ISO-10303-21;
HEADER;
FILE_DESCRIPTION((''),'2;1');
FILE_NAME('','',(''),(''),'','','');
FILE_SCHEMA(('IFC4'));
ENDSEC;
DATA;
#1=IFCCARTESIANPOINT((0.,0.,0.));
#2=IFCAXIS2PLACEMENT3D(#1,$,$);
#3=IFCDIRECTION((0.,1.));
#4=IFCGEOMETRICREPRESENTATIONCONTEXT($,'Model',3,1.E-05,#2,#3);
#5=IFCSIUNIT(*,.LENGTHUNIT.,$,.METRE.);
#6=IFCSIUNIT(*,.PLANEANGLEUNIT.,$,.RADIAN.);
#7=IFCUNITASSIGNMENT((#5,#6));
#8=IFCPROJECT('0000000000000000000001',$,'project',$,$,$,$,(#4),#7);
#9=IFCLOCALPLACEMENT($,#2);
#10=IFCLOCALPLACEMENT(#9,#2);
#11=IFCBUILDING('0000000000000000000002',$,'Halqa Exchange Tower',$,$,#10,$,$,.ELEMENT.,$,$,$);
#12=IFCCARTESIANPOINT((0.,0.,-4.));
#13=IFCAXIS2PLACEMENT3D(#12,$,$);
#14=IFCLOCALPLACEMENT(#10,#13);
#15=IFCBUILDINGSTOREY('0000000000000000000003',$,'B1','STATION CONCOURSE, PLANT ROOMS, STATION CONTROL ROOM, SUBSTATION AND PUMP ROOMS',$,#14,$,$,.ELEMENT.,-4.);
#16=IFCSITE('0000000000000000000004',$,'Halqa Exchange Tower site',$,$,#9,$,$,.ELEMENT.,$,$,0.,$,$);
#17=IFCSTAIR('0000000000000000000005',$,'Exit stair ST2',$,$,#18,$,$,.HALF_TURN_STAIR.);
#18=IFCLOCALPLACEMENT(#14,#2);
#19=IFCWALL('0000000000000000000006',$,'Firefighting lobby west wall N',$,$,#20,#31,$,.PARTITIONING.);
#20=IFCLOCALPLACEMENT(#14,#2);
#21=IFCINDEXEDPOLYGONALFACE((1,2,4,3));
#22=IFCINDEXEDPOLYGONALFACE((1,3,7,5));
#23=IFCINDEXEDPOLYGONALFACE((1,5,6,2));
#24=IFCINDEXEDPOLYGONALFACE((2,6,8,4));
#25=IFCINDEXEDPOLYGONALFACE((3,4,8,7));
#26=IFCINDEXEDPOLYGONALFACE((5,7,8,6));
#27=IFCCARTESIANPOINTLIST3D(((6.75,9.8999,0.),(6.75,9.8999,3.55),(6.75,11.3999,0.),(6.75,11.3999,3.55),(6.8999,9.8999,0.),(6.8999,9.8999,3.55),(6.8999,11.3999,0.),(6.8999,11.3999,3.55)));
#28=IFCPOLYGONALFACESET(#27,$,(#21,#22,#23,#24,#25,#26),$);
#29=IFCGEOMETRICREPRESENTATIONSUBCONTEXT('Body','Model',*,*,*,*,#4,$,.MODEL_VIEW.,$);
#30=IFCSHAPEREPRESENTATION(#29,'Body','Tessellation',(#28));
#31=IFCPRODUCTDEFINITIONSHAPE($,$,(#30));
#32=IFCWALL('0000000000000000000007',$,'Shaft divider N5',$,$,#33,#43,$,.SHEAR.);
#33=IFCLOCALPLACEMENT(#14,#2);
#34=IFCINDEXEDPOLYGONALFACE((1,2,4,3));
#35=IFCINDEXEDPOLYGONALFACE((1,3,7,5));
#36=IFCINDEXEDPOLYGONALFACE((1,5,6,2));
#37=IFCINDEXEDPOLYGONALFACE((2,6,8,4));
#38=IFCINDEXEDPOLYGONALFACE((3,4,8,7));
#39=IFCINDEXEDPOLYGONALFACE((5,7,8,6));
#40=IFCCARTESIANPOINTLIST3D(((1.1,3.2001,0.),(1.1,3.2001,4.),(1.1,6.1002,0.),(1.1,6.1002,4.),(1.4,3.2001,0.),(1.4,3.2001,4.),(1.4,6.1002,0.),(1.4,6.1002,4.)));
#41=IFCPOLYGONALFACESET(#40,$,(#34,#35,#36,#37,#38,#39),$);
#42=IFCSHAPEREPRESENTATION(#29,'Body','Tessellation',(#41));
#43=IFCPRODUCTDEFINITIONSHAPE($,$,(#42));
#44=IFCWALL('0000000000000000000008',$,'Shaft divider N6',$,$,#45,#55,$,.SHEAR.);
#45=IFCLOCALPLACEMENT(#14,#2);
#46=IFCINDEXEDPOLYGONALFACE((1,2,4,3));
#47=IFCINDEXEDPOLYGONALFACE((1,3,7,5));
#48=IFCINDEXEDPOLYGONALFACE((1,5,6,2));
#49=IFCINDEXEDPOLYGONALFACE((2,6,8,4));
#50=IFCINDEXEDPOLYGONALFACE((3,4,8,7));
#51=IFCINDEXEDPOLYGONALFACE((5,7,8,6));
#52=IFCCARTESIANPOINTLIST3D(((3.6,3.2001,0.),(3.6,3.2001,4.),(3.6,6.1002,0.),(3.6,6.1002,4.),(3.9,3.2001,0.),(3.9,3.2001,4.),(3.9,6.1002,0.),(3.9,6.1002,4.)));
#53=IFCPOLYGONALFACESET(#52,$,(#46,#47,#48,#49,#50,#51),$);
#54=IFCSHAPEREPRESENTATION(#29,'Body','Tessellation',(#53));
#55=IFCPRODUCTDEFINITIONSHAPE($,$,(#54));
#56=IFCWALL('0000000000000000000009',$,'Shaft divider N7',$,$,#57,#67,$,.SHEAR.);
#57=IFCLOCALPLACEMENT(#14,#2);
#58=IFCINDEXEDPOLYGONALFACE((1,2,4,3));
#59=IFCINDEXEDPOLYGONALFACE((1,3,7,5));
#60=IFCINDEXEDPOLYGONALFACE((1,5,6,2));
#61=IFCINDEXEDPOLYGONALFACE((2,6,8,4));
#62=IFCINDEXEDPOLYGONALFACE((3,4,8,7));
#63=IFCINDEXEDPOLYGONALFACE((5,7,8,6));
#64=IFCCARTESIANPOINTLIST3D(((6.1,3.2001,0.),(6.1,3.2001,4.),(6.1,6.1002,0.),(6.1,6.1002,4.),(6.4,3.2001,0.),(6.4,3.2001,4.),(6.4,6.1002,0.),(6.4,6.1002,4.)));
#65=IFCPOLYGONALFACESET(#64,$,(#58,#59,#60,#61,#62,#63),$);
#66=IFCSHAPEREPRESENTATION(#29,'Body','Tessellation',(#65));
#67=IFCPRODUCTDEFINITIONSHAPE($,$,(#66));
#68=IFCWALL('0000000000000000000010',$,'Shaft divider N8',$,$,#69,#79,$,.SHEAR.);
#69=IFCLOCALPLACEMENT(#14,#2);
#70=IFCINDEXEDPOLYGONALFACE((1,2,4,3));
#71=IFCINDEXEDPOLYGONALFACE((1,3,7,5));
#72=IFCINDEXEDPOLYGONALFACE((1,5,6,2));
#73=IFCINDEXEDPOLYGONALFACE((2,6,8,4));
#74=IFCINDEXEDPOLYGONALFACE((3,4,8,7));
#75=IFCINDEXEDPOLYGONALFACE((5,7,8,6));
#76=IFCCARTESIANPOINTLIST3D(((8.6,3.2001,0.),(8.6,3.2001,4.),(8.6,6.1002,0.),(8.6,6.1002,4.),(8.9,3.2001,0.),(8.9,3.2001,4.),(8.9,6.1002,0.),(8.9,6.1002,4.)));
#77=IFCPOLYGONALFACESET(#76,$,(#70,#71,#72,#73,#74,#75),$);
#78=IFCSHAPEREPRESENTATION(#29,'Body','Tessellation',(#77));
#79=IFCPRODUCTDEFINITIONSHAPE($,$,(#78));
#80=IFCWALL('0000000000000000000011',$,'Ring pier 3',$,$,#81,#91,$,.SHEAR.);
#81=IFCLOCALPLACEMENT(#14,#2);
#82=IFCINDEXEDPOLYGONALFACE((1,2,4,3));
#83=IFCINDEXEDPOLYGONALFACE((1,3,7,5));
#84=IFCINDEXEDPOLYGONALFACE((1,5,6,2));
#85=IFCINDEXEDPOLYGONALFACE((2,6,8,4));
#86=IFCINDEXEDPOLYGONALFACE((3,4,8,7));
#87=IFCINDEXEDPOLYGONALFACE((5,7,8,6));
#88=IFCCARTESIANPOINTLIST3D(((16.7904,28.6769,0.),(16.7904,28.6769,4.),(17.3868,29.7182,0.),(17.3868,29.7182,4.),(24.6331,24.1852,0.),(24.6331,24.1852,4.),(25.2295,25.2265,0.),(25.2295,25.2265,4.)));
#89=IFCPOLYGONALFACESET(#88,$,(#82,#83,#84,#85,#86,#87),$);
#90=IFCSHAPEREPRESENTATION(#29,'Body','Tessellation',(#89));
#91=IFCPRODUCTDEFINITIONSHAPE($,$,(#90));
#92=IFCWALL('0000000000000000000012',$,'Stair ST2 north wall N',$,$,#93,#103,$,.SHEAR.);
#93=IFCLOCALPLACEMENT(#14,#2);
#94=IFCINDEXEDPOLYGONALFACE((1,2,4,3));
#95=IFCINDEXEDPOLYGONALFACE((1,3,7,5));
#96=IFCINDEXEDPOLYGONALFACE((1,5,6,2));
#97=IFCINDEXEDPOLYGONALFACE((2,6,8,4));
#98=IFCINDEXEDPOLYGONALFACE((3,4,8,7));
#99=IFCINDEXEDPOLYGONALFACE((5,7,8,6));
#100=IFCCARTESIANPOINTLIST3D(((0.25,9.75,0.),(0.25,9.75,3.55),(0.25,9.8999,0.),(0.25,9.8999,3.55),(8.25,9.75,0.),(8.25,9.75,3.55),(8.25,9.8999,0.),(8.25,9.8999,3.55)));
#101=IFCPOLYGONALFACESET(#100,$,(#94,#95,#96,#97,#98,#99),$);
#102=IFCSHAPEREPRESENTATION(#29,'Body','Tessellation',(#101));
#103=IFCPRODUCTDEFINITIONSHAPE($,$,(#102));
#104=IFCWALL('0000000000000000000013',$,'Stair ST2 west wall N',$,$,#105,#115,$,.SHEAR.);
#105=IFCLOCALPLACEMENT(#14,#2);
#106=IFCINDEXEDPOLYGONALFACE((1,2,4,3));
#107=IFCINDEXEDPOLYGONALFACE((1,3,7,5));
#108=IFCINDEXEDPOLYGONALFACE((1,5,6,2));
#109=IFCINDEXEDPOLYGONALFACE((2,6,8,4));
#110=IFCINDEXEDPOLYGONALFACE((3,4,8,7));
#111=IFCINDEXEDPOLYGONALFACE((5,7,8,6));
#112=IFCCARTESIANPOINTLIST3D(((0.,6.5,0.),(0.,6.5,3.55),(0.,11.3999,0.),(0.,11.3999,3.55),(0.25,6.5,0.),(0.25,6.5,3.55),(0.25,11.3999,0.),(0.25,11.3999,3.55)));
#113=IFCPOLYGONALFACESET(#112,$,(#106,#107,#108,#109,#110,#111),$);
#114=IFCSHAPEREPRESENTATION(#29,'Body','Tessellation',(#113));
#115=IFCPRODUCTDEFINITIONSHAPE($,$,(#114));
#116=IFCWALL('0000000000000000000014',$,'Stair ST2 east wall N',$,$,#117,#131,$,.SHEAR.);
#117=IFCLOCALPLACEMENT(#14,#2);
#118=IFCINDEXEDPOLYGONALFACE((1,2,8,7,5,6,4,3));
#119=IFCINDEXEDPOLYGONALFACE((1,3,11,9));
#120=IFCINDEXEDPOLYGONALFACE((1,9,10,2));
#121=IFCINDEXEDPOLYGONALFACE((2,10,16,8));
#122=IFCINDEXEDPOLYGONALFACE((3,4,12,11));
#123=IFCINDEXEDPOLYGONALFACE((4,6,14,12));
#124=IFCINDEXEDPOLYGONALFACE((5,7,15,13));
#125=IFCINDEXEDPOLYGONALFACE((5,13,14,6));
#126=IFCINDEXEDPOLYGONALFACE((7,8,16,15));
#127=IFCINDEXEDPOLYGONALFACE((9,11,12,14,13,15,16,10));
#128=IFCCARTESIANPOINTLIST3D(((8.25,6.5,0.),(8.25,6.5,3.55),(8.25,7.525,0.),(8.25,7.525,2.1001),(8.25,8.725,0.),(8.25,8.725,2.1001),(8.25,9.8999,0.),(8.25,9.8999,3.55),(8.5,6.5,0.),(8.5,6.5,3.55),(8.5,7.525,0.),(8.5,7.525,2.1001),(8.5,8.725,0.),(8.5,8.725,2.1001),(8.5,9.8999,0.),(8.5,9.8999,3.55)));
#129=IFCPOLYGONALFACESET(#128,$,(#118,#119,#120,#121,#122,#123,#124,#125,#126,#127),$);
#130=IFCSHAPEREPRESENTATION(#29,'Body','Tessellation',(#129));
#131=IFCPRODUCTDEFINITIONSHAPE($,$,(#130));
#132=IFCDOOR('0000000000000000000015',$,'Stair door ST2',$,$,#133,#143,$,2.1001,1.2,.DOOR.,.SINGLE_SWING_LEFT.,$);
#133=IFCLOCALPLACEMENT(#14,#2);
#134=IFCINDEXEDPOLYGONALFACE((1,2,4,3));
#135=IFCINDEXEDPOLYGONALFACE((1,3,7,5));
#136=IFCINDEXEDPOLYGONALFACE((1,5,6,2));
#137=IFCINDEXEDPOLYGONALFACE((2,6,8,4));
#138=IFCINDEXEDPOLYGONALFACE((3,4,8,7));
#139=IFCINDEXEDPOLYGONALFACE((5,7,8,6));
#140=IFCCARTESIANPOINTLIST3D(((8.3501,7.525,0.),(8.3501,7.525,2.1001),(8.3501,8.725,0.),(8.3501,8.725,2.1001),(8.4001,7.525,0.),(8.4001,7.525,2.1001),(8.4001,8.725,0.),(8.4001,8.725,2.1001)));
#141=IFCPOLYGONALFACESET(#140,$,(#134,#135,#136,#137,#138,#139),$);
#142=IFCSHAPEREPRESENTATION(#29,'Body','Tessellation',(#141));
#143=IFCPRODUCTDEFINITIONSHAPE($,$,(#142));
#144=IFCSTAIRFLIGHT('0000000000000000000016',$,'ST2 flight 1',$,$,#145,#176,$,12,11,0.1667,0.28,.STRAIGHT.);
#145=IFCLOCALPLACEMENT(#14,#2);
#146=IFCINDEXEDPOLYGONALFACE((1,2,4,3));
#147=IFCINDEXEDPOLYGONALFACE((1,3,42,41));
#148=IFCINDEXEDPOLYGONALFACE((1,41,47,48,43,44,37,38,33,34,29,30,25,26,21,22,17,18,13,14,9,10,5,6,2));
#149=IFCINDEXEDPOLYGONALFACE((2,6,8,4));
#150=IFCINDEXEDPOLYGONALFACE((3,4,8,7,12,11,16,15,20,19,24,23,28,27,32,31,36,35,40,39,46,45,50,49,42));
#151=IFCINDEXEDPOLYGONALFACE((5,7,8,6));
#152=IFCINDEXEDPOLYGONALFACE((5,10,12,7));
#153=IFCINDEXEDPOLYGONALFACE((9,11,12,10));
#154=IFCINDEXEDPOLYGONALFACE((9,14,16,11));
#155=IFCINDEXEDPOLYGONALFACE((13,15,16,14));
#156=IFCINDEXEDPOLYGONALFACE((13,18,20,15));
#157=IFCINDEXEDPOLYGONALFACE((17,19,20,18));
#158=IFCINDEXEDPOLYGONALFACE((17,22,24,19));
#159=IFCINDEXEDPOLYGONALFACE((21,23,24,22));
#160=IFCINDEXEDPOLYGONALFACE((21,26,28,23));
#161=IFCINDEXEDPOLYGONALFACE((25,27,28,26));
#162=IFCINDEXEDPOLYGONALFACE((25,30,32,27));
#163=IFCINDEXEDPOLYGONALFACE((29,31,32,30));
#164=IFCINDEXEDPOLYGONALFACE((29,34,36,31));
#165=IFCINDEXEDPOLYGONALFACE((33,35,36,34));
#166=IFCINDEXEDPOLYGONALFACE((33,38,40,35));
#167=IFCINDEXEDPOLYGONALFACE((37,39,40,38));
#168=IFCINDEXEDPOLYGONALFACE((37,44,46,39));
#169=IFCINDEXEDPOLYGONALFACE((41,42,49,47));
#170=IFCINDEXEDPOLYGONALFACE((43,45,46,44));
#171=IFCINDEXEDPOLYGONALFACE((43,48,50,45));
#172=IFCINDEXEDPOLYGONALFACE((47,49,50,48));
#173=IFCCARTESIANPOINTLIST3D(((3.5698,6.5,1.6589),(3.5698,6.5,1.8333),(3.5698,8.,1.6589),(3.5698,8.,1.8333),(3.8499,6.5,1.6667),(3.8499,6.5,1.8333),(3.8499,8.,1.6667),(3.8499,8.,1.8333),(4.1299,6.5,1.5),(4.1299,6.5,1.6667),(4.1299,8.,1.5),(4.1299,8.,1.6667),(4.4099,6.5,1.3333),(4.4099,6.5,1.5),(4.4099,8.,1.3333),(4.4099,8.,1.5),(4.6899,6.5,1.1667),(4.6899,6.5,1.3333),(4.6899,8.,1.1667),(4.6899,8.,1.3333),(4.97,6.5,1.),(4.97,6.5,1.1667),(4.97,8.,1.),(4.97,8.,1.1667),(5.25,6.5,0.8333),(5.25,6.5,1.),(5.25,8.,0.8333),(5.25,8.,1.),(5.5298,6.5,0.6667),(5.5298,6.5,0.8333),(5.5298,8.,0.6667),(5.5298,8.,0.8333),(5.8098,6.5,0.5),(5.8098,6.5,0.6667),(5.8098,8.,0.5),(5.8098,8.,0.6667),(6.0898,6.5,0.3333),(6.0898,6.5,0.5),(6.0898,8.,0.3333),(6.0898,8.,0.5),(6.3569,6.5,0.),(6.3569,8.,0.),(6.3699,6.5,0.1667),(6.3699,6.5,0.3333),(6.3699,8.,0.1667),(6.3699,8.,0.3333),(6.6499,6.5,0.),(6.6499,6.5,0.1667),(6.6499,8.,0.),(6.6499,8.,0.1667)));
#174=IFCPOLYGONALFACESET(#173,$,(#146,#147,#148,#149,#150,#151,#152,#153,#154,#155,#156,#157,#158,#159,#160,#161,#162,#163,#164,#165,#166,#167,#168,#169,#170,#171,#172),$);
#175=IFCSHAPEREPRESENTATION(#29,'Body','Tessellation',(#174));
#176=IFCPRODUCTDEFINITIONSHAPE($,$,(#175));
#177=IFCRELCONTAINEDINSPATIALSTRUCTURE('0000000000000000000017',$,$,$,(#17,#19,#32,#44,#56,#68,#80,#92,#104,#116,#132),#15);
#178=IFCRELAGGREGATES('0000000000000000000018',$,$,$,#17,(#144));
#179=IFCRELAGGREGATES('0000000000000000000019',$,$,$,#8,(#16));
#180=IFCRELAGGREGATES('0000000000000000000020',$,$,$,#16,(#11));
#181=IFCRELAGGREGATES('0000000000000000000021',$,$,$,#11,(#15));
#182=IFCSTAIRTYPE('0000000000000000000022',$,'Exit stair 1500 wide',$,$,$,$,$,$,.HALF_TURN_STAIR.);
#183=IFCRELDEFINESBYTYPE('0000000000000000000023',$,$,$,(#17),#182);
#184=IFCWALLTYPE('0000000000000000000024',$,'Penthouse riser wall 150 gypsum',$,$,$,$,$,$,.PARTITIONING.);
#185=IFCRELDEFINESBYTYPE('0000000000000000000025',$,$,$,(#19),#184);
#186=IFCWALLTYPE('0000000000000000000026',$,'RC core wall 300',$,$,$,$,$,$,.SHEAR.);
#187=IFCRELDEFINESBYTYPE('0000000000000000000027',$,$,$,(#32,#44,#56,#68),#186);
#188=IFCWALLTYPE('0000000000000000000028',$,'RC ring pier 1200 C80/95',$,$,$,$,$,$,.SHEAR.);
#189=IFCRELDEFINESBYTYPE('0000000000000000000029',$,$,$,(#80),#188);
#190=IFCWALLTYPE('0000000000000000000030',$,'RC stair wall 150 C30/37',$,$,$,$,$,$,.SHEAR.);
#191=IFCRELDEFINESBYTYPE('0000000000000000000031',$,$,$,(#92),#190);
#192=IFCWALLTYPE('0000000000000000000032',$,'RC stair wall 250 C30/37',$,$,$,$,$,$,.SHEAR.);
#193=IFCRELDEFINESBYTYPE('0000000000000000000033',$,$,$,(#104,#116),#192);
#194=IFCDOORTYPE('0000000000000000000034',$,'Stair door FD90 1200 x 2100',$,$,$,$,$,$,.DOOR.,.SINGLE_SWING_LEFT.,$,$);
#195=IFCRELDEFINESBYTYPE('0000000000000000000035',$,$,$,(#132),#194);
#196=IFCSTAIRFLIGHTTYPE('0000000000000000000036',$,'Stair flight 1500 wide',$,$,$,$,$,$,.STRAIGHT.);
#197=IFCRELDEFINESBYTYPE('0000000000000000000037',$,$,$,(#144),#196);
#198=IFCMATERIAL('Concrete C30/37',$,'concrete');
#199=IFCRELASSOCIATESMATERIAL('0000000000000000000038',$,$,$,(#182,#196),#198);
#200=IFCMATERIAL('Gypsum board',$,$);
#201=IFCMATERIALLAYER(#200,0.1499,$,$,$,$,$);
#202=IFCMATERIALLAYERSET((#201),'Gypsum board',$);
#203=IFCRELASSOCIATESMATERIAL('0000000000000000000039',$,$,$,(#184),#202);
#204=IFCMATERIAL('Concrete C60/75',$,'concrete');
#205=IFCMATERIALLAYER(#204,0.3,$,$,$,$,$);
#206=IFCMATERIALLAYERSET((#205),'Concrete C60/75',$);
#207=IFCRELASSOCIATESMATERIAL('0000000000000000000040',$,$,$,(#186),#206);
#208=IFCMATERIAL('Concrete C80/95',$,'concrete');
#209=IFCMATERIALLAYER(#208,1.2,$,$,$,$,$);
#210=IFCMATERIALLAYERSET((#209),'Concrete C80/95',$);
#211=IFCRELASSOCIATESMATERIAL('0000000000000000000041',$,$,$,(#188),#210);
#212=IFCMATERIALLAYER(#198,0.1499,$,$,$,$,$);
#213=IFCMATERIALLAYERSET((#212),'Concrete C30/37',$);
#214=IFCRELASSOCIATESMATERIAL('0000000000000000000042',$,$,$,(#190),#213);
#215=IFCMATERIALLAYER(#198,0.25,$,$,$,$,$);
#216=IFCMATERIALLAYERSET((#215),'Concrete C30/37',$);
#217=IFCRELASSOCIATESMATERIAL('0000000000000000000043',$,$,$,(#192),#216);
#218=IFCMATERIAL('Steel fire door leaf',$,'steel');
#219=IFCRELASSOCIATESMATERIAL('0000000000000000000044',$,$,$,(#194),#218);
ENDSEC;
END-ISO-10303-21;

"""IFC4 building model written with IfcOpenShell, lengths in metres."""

from ifc_helpers import new_model, si_unit, direction, frame, frame_2d, origin, place, context, subcontext, project, spatial, polyline, rectangle, outline, extrude, material, layer, layer_set, type_object, element, fill, aggregate, save


model = new_model("IFC4")

# Units and contexts
model_context = context("Model", 3, precision=1e-05, world=origin(), true_north=direction((0.0, 1.0)))
body_context = subcontext(model_context, "Body", "Model", "MODEL_VIEW")
ifc_project = project(units=[si_unit("LENGTHUNIT", "METRE"), si_unit("PLANEANGLEUNIT", "RADIAN")], contexts=[model_context])

# Site, building, storey
site_placement = place(None, origin())
site = spatial("IfcSite", under=ifc_project, at=site_placement, Name="Halqa Exchange Tower site", CompositionType="ELEMENT", RefElevation=0.0)
building_placement = place(site_placement, origin())
building = spatial("IfcBuilding", under=site, at=building_placement, Name="Halqa Exchange Tower", CompositionType="ELEMENT")
storey_placement = place(building_placement, frame((0.0, 0.0, -4.0)))
storey = spatial("IfcBuildingStorey", under=building, at=storey_placement, Name="B1", Description="STATION CONCOURSE, PLANT ROOMS, STATION CONTROL ROOM, SUBSTATION AND PUMP ROOMS", CompositionType="ELEMENT", Elevation=-4.0)

# Stair
ifc_material_1 = material(Name="Concrete C30/37", Category="concrete")
stair_type_1 = type_object("IfcStairType", Name="Exit stair 1500 wide", PredefinedType="HALF_TURN_STAIR", material=ifc_material_1)
stair_1_placement = place(storey_placement, origin())
stair_1 = element("IfcStair", 1, at=stair_1_placement, inside=storey, type_object=stair_type_1, Name="Exit stair ST2", PredefinedType="HALF_TURN_STAIR")

# Shared definitions
ifc_material_2 = material(Name="Steel fire door leaf", Category="steel")

# Walls
ifc_material_3 = material(Name="Gypsum board")
ifc_layer_1 = layer(ifc_material_3, 0.1499)
ifc_layer_set_1 = layer_set([ifc_layer_1], Name="Gypsum board")
wall_type_1 = type_object("IfcWallType", Name="Penthouse riser wall 150 gypsum", PredefinedType="PARTITIONING", material=ifc_layer_set_1)
wall_1_placement = place(storey_placement, frame((6.825, 9.8999, 0.0), z_axis=(0.0, 0.0, 1.0), x_axis=(0.0, 1.0, 0.0)))
element("IfcWall", 2, at=wall_1_placement, inside=storey, type_object=wall_type_1, Name="Firefighting lobby west wall N", PredefinedType="PARTITIONING", context=body_context, shape_type="SweptSolid", body=[
    extrude(rectangle(XDim=1.5, YDim=0.1499, at=frame_2d((0.75, 0.0))), origin(), (0.0, 0.0, 1.0), 3.55),
])
ifc_material_4 = material(Name="Concrete C60/75", Category="concrete")
ifc_layer_2 = layer(ifc_material_4, 0.3)
ifc_layer_set_2 = layer_set([ifc_layer_2], Name="Concrete C60/75")
wall_type_2 = type_object("IfcWallType", Name="RC core wall 300", PredefinedType="SHEAR", material=ifc_layer_set_2)
for number, where, z_axis, x_axis, name in (
    (3, (1.25, 3.2, 0.0), (0.0, 0.0, 1.0), (0.0, 1.0, 0.0), "Shaft divider N5"),
    (4, (3.75, 3.2, 0.0), (0.0, 0.0, 1.0), (0.0, 1.0, 0.0), "Shaft divider N6"),
    (5, (6.25, 3.2, 0.0), (0.0, 0.0, 1.0), (0.0, 1.0, 0.0), "Shaft divider N7"),
    (6, (8.75, 3.2, 0.0), (0.0, 0.0, 1.0), (0.0, 1.0, 0.0), "Shaft divider N8"),
):
    element("IfcWall", number, at=place(storey_placement, frame(where, z_axis=z_axis, x_axis=x_axis)), inside=storey, type_object=wall_type_2, Name=name, PredefinedType="SHEAR", context=body_context, shape_type="SweptSolid", body=[
        extrude(rectangle(XDim=2.9001, YDim=0.3, at=frame_2d((1.4502, 0.0))), origin(), (0.0, 0.0, 1.0), 4.0),
    ])
ifc_material_5 = material(Name="Concrete C80/95", Category="concrete")
ifc_layer_3 = layer(ifc_material_5, 1.2)
ifc_layer_set_3 = layer_set([ifc_layer_3], Name="Concrete C80/95")
wall_type_3 = type_object("IfcWallType", Name="RC ring pier 1200 C80/95", PredefinedType="SHEAR", material=ifc_layer_set_3)
wall_2_placement = place(storey_placement, frame((24.9314, 24.7058, 0.0), z_axis=(0.0, 0.0, 1.0), x_axis=(-0.867761, 0.496982, 0.0)))
element("IfcWall", 7, at=wall_2_placement, inside=storey, type_object=wall_type_3, Name="Ring pier 3", PredefinedType="SHEAR", context=body_context, shape_type="SweptSolid", body=[
    extrude(rectangle(XDim=9.0378, YDim=1.2, at=frame_2d((4.519, 0.0))), origin(), (0.0, 0.0, 1.0), 4.0),
])
ifc_layer_4 = layer(ifc_material_1, 0.1499)
ifc_layer_set_4 = layer_set([ifc_layer_4], Name="Concrete C30/37")
wall_type_4 = type_object("IfcWallType", Name="RC stair wall 150 C30/37", PredefinedType="SHEAR", material=ifc_layer_set_4)
wall_3_placement = place(storey_placement, frame((0.25, 9.825, 0.0), z_axis=(0.0, 0.0, 1.0), x_axis=(1.0, 0.0, 0.0)))
element("IfcWall", 8, at=wall_3_placement, inside=storey, type_object=wall_type_4, Name="Stair ST2 north wall N", PredefinedType="SHEAR", context=body_context, shape_type="SweptSolid", body=[
    extrude(rectangle(XDim=8.0, YDim=0.1499, at=frame_2d((4.0, 0.0))), origin(), (0.0, 0.0, 1.0), 3.55),
])
ifc_layer_5 = layer(ifc_material_1, 0.25)
ifc_layer_set_5 = layer_set([ifc_layer_5], Name="Concrete C30/37")
wall_type_5 = type_object("IfcWallType", Name="RC stair wall 250 C30/37", PredefinedType="SHEAR", material=ifc_layer_set_5)
wall_4_placement = place(storey_placement, frame((0.125, 6.5, 0.0), z_axis=(0.0, 0.0, 1.0), x_axis=(0.0, 1.0, 0.0)))
element("IfcWall", 9, at=wall_4_placement, inside=storey, type_object=wall_type_5, Name="Stair ST2 west wall N", PredefinedType="SHEAR", context=body_context, shape_type="SweptSolid", body=[
    extrude(rectangle(XDim=4.8999, YDim=0.25, at=frame_2d((2.45, 0.0))), origin(), (0.0, 0.0, 1.0), 3.55),
])

# Wall, opening, door
wall_5_placement = place(storey_placement, frame((8.375, 6.5, 0.0), z_axis=(0.0, 0.0, 1.0), x_axis=(0.0, 1.0, 0.0)))
wall_5 = element("IfcWall", 10, at=wall_5_placement, inside=storey, type_object=wall_type_5, Name="Stair ST2 east wall N", PredefinedType="SHEAR", context=body_context, shape_type="SweptSolid", body=[
    extrude(rectangle(XDim=3.3999, YDim=0.25, at=frame_2d((1.7, 0.0))), origin(), (0.0, 0.0, 1.0), 3.55),
])
opening_1_placement = place(wall_5_placement, frame((1.0249, 0.0, 0.0)))
opening_1 = element("IfcOpeningElement", 11, at=opening_1_placement, cuts=wall_5, PredefinedType="OPENING", context=body_context, shape_type="SweptSolid", body=[
    extrude(rectangle(XDim=1.2, YDim=2.1001, at=frame_2d((0.6001, 1.05))), frame((0.0, 0.137, 0.0), z_axis=(0.0, -1.0, 0.0), x_axis=(1.0, 0.0, 0.0)), (0.0, 0.0, 1.0), 0.2739),
])
door_type_1 = type_object("IfcDoorType", Name="Stair door FD90 1200 x 2100", OperationType="SINGLE_SWING_LEFT", PredefinedType="DOOR", material=ifc_material_2)
door_1_placement = place(opening_1_placement, origin())
door_1 = element("IfcDoor", 12, at=door_1_placement, inside=storey, type_object=door_type_1, Name="Stair door ST2", OperationType="SINGLE_SWING_LEFT", OverallHeight=2.1001, OverallWidth=1.2, PredefinedType="DOOR", context=body_context, shape_type="SweptSolid", body=[
    extrude(rectangle(XDim=1.2, YDim=2.1001, at=frame_2d((0.6001, 1.05))), frame((0.0, 0.0249, 0.0), z_axis=(0.0, -1.0, 0.0), x_axis=(1.0, 0.0, 0.0)), (0.0, 0.0, 1.0), 0.05),
])
fill(opening_1, door_1)

# Stair flight
stair_flight_type = type_object("IfcStairFlightType", Name="Stair flight 1500 wide", PredefinedType="STRAIGHT", material=ifc_material_1)
stair_flight_1_placement = place(storey_placement, frame((6.6499, 7.25, 0.0), z_axis=(0.0, 0.0, 1.0), x_axis=(-1.0, 0.0, 0.0)))
stair_flight_1 = element("IfcStairFlight", 13, at=stair_flight_1_placement, type_object=stair_flight_type, Name="ST2 flight 1", NumberOfRisers=12, NumberOfTreads=11, PredefinedType="STRAIGHT", RiserHeight=0.1667, TreadLength=0.28, context=body_context, shape_type="SweptSolid", body=[
    extrude(outline(polyline([(0.0, 0.0), (0.0, 0.1667), (0.28, 0.1667), (0.28, 0.3333), (0.5601, 0.3333), (0.5601, 0.5), (0.8401, 0.5), (0.8401, 0.6667), (1.1201, 0.6667), (1.1201, 0.8333), (1.3999, 0.8333), (1.3999, 1.0), (1.6799, 1.0), (1.6799, 1.1667), (1.96, 1.1667), (1.96, 1.3333), (2.24, 1.3333), (2.24, 1.5), (2.52, 1.5), (2.52, 1.6667), (2.8, 1.6667), (2.8, 1.8333), (3.0801, 1.8333), (3.0801, 2.0), (3.0801, 1.6589), (0.293, 0.0), (0.0, 0.0)])), frame((0.0, 0.75, 0.0), z_axis=(0.0, -1.0, 0.0), x_axis=(1.0, 0.0, 0.0)), (0.0, 0.0, 1.0), 1.5),
])
aggregate(stair_1, [stair_flight_1])

save(model, "model.ifc")
